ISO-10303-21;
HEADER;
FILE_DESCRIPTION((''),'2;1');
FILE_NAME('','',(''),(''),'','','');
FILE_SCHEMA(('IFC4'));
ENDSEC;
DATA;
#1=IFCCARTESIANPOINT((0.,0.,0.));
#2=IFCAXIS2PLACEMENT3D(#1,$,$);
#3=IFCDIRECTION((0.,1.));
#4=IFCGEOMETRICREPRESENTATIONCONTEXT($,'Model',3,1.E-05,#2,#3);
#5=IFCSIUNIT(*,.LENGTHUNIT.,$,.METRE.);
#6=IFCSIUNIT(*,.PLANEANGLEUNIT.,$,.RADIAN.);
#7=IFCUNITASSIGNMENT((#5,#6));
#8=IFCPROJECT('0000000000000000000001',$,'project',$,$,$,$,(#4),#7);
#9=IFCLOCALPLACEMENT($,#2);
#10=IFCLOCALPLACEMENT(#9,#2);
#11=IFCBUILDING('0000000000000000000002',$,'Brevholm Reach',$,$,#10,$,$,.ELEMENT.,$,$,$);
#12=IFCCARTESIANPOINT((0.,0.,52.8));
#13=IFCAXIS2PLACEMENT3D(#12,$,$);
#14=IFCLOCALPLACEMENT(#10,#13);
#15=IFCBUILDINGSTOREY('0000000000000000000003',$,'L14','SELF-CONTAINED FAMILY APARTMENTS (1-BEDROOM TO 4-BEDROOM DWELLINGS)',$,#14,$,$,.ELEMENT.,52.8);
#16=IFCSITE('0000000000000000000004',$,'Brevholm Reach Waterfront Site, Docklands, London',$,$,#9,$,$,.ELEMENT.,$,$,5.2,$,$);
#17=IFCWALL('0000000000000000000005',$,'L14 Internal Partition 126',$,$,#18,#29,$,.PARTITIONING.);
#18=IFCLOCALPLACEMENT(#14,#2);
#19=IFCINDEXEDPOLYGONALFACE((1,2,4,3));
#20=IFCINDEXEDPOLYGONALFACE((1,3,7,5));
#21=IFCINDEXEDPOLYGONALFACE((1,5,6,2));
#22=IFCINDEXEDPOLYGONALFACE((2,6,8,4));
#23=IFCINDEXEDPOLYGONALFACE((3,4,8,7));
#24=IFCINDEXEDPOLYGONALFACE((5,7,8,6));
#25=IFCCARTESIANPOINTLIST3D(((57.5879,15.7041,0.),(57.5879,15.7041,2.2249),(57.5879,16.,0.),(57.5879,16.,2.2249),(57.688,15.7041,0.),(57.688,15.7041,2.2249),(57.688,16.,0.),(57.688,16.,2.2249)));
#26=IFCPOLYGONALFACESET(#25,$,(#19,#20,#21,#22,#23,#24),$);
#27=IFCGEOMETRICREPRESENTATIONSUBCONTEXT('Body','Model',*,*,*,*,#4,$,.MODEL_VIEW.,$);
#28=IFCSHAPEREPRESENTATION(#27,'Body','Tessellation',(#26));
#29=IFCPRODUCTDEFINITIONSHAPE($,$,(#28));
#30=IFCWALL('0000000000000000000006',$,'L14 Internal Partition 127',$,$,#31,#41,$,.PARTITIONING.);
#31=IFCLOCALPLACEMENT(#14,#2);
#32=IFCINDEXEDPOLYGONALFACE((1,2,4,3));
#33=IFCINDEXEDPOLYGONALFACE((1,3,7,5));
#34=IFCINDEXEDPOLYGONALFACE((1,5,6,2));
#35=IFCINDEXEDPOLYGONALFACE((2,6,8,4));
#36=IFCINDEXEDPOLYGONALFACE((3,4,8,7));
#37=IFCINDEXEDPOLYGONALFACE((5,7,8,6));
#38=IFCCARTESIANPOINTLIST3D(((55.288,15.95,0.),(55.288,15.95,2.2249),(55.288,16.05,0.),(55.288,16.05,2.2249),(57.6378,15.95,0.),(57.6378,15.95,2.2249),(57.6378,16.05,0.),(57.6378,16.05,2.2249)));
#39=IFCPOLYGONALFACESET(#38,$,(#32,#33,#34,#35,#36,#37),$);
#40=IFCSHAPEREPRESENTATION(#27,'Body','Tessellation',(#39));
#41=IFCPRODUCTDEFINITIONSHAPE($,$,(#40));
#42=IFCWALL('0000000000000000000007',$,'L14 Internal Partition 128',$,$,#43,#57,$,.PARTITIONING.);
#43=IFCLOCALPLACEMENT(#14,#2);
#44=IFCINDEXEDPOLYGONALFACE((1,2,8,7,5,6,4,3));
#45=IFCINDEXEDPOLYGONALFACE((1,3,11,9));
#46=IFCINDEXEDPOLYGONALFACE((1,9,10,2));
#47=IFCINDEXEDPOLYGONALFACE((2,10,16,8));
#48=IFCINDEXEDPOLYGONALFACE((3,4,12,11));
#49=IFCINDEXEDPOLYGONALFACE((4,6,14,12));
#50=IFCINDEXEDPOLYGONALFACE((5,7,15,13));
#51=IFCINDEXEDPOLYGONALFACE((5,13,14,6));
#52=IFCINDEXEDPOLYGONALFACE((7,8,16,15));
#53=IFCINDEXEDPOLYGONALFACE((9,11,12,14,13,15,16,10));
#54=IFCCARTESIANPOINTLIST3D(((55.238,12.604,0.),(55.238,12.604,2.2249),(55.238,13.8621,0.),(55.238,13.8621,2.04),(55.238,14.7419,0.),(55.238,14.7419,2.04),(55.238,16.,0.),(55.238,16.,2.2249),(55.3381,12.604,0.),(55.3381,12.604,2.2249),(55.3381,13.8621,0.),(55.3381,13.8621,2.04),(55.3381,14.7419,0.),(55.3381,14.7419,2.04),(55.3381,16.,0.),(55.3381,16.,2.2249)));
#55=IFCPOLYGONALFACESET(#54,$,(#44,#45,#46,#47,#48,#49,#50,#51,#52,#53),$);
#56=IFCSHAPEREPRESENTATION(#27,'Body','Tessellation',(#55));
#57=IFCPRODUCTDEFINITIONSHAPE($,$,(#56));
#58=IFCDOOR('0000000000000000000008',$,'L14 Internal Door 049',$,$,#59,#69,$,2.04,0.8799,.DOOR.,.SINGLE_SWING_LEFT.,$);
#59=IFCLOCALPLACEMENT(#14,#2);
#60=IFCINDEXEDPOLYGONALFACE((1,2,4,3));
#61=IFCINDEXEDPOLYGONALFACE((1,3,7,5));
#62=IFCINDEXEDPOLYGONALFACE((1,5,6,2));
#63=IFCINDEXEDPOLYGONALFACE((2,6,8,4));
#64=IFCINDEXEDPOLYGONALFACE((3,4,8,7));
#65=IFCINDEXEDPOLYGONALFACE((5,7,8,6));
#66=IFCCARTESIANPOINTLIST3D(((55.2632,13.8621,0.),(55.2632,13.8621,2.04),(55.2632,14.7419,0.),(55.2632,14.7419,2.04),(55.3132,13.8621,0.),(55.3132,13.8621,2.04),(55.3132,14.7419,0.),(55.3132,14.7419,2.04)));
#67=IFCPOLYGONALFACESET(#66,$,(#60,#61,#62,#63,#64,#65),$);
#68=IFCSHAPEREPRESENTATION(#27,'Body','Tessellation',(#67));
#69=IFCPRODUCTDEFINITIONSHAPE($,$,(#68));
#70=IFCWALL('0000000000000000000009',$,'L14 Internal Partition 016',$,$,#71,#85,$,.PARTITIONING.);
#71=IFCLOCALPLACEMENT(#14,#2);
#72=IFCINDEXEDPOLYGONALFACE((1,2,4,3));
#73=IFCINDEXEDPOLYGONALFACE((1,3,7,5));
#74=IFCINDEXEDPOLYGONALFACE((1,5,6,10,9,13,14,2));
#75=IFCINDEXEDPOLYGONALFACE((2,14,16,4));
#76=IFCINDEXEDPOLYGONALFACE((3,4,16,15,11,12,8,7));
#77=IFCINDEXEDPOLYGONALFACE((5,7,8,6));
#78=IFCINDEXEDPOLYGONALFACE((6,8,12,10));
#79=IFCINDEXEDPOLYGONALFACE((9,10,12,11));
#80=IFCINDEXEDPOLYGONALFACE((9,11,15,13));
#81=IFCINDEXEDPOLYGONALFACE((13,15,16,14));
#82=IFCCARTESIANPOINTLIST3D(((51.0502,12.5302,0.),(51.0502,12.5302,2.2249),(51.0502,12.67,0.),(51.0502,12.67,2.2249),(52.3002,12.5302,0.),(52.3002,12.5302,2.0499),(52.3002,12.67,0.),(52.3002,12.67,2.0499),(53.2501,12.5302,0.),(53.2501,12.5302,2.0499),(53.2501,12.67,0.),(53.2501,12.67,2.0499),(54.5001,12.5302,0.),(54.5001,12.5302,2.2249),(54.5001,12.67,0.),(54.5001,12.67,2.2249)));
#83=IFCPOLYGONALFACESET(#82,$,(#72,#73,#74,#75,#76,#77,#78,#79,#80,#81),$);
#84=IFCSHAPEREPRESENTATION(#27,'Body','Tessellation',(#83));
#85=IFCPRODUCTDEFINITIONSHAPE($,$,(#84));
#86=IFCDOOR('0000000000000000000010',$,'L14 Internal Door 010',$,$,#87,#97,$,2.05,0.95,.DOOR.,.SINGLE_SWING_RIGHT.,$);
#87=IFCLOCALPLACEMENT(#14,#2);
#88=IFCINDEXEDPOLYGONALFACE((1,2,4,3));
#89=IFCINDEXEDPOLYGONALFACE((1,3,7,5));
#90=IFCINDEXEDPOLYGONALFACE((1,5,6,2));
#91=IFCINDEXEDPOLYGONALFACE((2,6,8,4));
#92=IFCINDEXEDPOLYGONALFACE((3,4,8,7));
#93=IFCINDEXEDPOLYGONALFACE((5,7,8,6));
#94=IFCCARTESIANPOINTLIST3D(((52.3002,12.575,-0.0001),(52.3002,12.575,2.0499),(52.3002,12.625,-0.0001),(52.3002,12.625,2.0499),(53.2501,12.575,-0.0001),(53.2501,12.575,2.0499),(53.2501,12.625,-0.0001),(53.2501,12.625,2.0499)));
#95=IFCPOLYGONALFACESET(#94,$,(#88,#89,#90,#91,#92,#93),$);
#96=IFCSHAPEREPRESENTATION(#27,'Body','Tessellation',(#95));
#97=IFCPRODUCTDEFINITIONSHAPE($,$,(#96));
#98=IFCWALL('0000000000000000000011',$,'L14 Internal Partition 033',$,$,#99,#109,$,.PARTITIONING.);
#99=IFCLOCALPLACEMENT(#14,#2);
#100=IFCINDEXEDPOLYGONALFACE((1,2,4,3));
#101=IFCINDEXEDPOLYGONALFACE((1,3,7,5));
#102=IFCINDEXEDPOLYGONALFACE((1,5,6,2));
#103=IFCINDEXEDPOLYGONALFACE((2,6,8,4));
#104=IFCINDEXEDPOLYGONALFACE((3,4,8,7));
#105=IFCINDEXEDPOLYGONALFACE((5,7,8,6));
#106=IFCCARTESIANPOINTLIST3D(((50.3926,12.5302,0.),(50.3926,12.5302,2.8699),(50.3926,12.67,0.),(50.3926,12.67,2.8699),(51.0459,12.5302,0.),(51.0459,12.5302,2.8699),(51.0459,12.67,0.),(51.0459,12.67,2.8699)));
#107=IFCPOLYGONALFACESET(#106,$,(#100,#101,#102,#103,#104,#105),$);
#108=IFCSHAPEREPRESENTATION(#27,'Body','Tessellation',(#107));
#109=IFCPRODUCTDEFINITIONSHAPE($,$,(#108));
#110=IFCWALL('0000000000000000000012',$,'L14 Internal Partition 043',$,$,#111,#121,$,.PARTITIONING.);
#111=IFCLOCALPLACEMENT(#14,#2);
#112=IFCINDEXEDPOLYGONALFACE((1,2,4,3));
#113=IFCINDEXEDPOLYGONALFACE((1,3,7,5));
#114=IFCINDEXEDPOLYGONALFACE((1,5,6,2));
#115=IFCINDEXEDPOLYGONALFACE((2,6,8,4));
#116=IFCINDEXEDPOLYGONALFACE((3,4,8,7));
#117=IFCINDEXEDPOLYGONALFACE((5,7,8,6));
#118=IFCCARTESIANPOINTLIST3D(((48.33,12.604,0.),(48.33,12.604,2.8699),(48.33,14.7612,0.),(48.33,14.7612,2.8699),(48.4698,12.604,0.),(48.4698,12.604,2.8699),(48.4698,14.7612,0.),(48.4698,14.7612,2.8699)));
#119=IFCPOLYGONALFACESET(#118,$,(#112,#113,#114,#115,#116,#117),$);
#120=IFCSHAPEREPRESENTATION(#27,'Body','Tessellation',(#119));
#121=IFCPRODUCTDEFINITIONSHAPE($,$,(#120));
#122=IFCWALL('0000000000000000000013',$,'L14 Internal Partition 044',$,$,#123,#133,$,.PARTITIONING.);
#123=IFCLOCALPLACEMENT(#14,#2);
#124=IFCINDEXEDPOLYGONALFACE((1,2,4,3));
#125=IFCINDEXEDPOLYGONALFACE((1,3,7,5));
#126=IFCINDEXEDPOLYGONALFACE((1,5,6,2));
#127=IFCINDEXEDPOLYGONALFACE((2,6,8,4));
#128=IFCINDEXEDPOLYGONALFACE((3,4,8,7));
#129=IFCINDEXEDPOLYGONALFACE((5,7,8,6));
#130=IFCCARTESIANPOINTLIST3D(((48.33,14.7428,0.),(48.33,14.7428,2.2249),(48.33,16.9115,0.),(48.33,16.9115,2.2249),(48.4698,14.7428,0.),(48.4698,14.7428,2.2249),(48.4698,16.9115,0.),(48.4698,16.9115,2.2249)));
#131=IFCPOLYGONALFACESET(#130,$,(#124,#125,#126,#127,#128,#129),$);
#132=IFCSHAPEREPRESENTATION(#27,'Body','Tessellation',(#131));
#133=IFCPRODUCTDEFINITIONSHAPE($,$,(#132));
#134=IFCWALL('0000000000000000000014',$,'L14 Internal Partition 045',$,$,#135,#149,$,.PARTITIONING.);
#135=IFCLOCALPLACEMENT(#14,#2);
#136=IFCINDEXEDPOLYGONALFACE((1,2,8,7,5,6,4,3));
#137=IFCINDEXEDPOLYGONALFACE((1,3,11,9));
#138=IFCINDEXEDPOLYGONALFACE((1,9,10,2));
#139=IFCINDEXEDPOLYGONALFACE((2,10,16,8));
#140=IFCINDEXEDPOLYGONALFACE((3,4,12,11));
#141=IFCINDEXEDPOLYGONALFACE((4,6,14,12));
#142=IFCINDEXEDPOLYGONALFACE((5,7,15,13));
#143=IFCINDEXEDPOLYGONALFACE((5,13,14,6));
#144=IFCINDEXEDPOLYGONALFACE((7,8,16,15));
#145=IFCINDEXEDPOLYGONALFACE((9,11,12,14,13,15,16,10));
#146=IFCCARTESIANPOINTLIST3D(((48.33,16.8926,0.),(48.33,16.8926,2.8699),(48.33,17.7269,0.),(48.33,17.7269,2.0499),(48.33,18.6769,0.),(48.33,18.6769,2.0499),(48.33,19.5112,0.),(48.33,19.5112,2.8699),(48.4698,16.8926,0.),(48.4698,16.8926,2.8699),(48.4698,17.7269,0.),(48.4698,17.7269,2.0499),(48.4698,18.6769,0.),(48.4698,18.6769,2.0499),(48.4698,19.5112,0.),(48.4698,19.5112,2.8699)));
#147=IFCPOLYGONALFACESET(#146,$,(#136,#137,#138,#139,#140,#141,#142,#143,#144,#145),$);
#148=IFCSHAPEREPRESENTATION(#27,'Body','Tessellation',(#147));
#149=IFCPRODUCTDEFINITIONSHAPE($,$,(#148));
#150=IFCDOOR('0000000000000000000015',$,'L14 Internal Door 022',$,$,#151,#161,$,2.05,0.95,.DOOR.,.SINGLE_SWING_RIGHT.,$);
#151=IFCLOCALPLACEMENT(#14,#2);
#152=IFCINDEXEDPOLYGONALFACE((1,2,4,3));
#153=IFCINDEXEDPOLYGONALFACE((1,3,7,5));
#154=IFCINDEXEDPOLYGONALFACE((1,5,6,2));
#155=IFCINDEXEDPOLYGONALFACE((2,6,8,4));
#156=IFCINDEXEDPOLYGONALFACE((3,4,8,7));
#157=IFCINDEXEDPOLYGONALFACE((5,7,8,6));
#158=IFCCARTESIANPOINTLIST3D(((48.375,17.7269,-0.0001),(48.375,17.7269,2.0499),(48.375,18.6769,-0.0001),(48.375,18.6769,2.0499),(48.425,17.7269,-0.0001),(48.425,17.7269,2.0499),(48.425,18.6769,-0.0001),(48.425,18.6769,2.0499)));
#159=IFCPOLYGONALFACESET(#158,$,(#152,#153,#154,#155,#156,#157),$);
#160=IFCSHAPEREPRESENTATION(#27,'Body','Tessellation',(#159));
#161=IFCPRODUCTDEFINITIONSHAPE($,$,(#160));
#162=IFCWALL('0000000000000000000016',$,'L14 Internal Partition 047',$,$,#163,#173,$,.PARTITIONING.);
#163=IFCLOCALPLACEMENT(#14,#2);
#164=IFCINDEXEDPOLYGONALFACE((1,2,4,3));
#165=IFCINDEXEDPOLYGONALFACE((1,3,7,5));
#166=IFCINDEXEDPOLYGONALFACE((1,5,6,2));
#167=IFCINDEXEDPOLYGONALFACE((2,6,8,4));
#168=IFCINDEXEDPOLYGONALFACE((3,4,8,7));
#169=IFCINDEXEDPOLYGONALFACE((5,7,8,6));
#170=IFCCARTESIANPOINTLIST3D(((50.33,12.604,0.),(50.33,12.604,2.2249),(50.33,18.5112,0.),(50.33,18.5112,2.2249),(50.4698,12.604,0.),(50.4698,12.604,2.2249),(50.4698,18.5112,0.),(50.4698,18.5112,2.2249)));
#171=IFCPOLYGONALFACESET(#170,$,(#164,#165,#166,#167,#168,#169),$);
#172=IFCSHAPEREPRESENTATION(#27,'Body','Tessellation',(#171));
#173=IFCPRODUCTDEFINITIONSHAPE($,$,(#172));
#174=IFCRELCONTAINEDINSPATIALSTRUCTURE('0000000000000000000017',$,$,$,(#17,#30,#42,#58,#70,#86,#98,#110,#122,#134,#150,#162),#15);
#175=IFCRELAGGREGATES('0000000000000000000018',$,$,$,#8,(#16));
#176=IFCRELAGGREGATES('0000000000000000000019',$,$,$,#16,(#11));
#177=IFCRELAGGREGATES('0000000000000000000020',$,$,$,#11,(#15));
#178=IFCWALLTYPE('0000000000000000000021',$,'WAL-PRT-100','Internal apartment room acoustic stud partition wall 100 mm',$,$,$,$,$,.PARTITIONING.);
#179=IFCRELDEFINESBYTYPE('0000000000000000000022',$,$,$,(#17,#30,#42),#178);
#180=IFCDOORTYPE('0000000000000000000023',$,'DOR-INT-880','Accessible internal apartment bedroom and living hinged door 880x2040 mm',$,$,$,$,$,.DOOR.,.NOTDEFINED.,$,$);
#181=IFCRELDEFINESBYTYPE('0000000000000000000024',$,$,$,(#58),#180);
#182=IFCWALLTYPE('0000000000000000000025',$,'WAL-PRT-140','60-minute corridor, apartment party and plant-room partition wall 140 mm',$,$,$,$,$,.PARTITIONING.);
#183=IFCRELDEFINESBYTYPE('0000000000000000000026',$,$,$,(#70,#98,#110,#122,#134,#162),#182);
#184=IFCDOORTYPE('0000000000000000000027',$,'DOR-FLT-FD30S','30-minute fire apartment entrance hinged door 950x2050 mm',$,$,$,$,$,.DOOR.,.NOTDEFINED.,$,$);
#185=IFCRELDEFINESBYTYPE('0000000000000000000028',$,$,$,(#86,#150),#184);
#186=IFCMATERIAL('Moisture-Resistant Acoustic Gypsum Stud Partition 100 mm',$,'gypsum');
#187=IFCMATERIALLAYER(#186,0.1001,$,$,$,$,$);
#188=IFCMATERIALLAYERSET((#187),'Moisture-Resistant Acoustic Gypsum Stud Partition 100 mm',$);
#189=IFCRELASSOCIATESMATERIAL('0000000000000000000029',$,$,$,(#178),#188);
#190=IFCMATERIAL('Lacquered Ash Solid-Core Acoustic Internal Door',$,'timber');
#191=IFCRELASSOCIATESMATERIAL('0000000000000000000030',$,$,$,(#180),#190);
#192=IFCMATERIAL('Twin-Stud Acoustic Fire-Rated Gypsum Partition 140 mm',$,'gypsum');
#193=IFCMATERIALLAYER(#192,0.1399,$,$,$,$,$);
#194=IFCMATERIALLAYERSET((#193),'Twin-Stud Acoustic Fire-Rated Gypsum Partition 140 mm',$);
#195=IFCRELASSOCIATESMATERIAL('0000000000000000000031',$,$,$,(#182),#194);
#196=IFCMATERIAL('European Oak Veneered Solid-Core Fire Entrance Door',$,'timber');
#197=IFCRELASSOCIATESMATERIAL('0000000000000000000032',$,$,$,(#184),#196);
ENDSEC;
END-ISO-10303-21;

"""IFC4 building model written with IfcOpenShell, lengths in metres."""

from ifc_helpers import new_model, si_unit, direction, frame, frame_2d, origin, place, context, subcontext, project, spatial, rectangle, extrude, material, layer, layer_set, type_object, element, fill, save


model = new_model("IFC4")

# Units and contexts
model_context = context("Model", 3, precision=1e-05, world=origin(), true_north=direction((0.0, 1.0)))
body_context = subcontext(model_context, "Body", "Model", "MODEL_VIEW")
ifc_project = project(units=[si_unit("LENGTHUNIT", "METRE"), si_unit("PLANEANGLEUNIT", "RADIAN")], contexts=[model_context])

# Site, building, storey
site_placement = place(None, origin())
site = spatial("IfcSite", under=ifc_project, at=site_placement, Name="Brevholm Reach Waterfront Site, Docklands, London", CompositionType="ELEMENT", RefElevation=5.2)
building_placement = place(site_placement, origin())
building = spatial("IfcBuilding", under=site, at=building_placement, Name="Brevholm Reach", CompositionType="ELEMENT")
storey_placement = place(building_placement, frame((0.0, 0.0, 52.8)))
storey = spatial("IfcBuildingStorey", under=building, at=storey_placement, Name="L14", Description="SELF-CONTAINED FAMILY APARTMENTS (1-BEDROOM TO 4-BEDROOM DWELLINGS)", CompositionType="ELEMENT", Elevation=52.8)

# Shared definitions
ifc_material_1 = material(Name="Moisture-Resistant Acoustic Gypsum Stud Partition 100 mm", Category="gypsum")
ifc_layer_1 = layer(ifc_material_1, 0.1001)
ifc_layer_set_1 = layer_set([ifc_layer_1], Name="Moisture-Resistant Acoustic Gypsum Stud Partition 100 mm")
wall_type_1 = type_object("IfcWallType", Name="WAL-PRT-100", Description="Internal apartment room acoustic stud partition wall 100 mm", PredefinedType="PARTITIONING", material=ifc_layer_set_1)

# Walls
wall_1_placement = place(storey_placement, frame((57.6379, 15.7041, 0.0), z_axis=(0.0, 0.0, 1.0), x_axis=(0.0, 1.0, 0.0)))
element("IfcWall", 1, at=wall_1_placement, inside=storey, type_object=wall_type_1, Name="L14 Internal Partition 126", PredefinedType="PARTITIONING", context=body_context, shape_type="SweptSolid", body=[
    extrude(rectangle(XDim=0.2959, YDim=0.1001, at=frame_2d((0.1479, 0.0))), origin(), (0.0, 0.0, 1.0), 2.2249),
])
wall_2_placement = place(storey_placement, frame((55.2881, 16.0, 0.0), z_axis=(0.0, 0.0, 1.0), x_axis=(1.0, 0.0, 0.0)))
element("IfcWall", 2, at=wall_2_placement, inside=storey, type_object=wall_type_1, Name="L14 Internal Partition 127", PredefinedType="PARTITIONING", context=body_context, shape_type="SweptSolid", body=[
    extrude(rectangle(XDim=2.3499, YDim=0.1001, at=frame_2d((1.1748, 0.0))), origin(), (0.0, 0.0, 1.0), 2.2249),
])

# Walls, openings, doors
wall_3_placement = place(storey_placement, frame((55.2881, 12.604, 0.0), z_axis=(0.0, 0.0, 1.0), x_axis=(0.0, 1.0, 0.0)))
wall_3 = element("IfcWall", 3, at=wall_3_placement, inside=storey, type_object=wall_type_1, Name="L14 Internal Partition 128", PredefinedType="PARTITIONING", context=body_context, shape_type="SweptSolid", body=[
    extrude(rectangle(XDim=3.396, YDim=0.1001, at=frame_2d((1.698, 0.0))), origin(), (0.0, 0.0, 1.0), 2.2249),
])
opening_1_placement = place(wall_3_placement, frame((1.2581, 0.0, 0.0)))
opening_1 = element("IfcOpeningElement", 4, at=opening_1_placement, cuts=wall_3, PredefinedType="OPENING", context=body_context, shape_type="SweptSolid", body=[
    extrude(rectangle(XDim=0.8799, YDim=2.04, at=frame_2d((0.4399, 1.02))), frame((0.0, 0.0601, 0.0), z_axis=(0.0, -1.0, 0.0), x_axis=(1.0, 0.0, 0.0)), (0.0, 0.0, 1.0), 0.1201),
])
ifc_material_2 = material(Name="Lacquered Ash Solid-Core Acoustic Internal Door", Category="timber")
door_type_1 = type_object("IfcDoorType", Name="DOR-INT-880", Description="Accessible internal apartment bedroom and living hinged door 880x2040 mm", OperationType="NOTDEFINED", PredefinedType="DOOR", material=ifc_material_2)
door_1_placement = place(opening_1_placement, origin())
door_1 = element("IfcDoor", 5, at=door_1_placement, inside=storey, type_object=door_type_1, Name="L14 Internal Door 049", OperationType="SINGLE_SWING_LEFT", OverallHeight=2.04, OverallWidth=0.8799, PredefinedType="DOOR", context=body_context, shape_type="SweptSolid", body=[
    extrude(rectangle(XDim=0.8799, YDim=2.04, at=frame_2d((0.4399, 1.02))), frame((0.0, 0.0249, 0.0), z_axis=(0.0, -1.0, 0.0), x_axis=(1.0, 0.0, 0.0)), (0.0, 0.0, 1.0), 0.05),
])
fill(opening_1, door_1)
ifc_material_3 = material(Name="Twin-Stud Acoustic Fire-Rated Gypsum Partition 140 mm", Category="gypsum")
ifc_layer_2 = layer(ifc_material_3, 0.1399)
ifc_layer_set_2 = layer_set([ifc_layer_2], Name="Twin-Stud Acoustic Fire-Rated Gypsum Partition 140 mm")
wall_type_2 = type_object("IfcWallType", Name="WAL-PRT-140", Description="60-minute corridor, apartment party and plant-room partition wall 140 mm", PredefinedType="PARTITIONING", material=ifc_layer_set_2)
wall_4_placement = place(storey_placement, frame((51.05, 12.6001, 0.0), z_axis=(0.0, 0.0, 1.0), x_axis=(1.0, 0.0, 0.0)))
wall_4 = element("IfcWall", 6, at=wall_4_placement, inside=storey, type_object=wall_type_2, Name="L14 Internal Partition 016", PredefinedType="PARTITIONING", context=body_context, shape_type="SweptSolid", body=[
    extrude(rectangle(XDim=3.45, YDim=0.1399, at=frame_2d((1.7251, 0.0))), origin(), (0.0, 0.0, 1.0), 2.2249),
])
opening_2_placement = place(wall_4_placement, frame((1.25, 0.0, 0.0)))
opening_2 = element("IfcOpeningElement", 7, at=opening_2_placement, cuts=wall_4, PredefinedType="OPENING", context=body_context, shape_type="SweptSolid", body=[
    extrude(rectangle(XDim=0.95, YDim=2.05, at=frame_2d((0.4751, 1.0249))), frame((0.0, 0.0798, 0.0), z_axis=(0.0, -1.0, 0.0), x_axis=(1.0, 0.0, 0.0)), (0.0, 0.0, 1.0), 0.1599),
])
ifc_material_4 = material(Name="European Oak Veneered Solid-Core Fire Entrance Door", Category="timber")
door_type_2 = type_object("IfcDoorType", Name="DOR-FLT-FD30S", Description="30-minute fire apartment entrance hinged door 950x2050 mm", OperationType="NOTDEFINED", PredefinedType="DOOR", material=ifc_material_4)
door_2_placement = place(opening_2_placement, origin())
door_2 = element("IfcDoor", 8, at=door_2_placement, inside=storey, type_object=door_type_2, Name="L14 Internal Door 010", OperationType="SINGLE_SWING_RIGHT", OverallHeight=2.05, OverallWidth=0.95, PredefinedType="DOOR", context=body_context, shape_type="SweptSolid", body=[
    extrude(rectangle(XDim=0.95, YDim=2.05, at=frame_2d((0.4751, 1.0249))), frame((0.0, 0.0249, 0.0), z_axis=(0.0, -1.0, 0.0), x_axis=(1.0, 0.0, 0.0)), (0.0, 0.0, 1.0), 0.05),
])
fill(opening_2, door_2)

# Walls
wall_5_placement = place(storey_placement, frame((50.3926, 12.6001, 0.0), z_axis=(0.0, 0.0, 1.0), x_axis=(1.0, 0.0, 0.0)))
element("IfcWall", 9, at=wall_5_placement, inside=storey, type_object=wall_type_2, Name="L14 Internal Partition 033", PredefinedType="PARTITIONING", context=body_context, shape_type="SweptSolid", body=[
    extrude(rectangle(XDim=0.6533, YDim=0.1399, at=frame_2d((0.3267, 0.0))), origin(), (0.0, 0.0, 1.0), 2.8699),
])
wall_6_placement = place(storey_placement, frame((48.3999, 12.604, 0.0), z_axis=(0.0, 0.0, 1.0), x_axis=(0.0, 1.0, 0.0)))
element("IfcWall", 10, at=wall_6_placement, inside=storey, type_object=wall_type_2, Name="L14 Internal Partition 043", PredefinedType="PARTITIONING", context=body_context, shape_type="SweptSolid", body=[
    extrude(rectangle(XDim=2.1572, YDim=0.1399, at=frame_2d((1.0786, 0.0))), origin(), (0.0, 0.0, 1.0), 2.8699),
])
wall_7_placement = place(storey_placement, frame((48.3999, 14.7427, 0.0), z_axis=(0.0, 0.0, 1.0), x_axis=(0.0, 1.0, 0.0)))
element("IfcWall", 11, at=wall_7_placement, inside=storey, type_object=wall_type_2, Name="L14 Internal Partition 044", PredefinedType="PARTITIONING", context=body_context, shape_type="SweptSolid", body=[
    extrude(rectangle(XDim=2.1687, YDim=0.1399, at=frame_2d((1.0845, 0.0))), origin(), (0.0, 0.0, 1.0), 2.2249),
])

# Wall, opening, door
wall_8_placement = place(storey_placement, frame((48.3999, 16.8926, 0.0), z_axis=(0.0, 0.0, 1.0), x_axis=(0.0, 1.0, 0.0)))
wall_8 = element("IfcWall", 12, at=wall_8_placement, inside=storey, type_object=wall_type_2, Name="L14 Internal Partition 045", PredefinedType="PARTITIONING", context=body_context, shape_type="SweptSolid", body=[
    extrude(rectangle(XDim=2.6187, YDim=0.1399, at=frame_2d((1.3093, 0.0))), origin(), (0.0, 0.0, 1.0), 2.8699),
])
opening_3_placement = place(wall_8_placement, frame((0.8342, 0.0, 0.0)))
opening_3 = element("IfcOpeningElement", 13, at=opening_3_placement, cuts=wall_8, PredefinedType="OPENING", context=body_context, shape_type="SweptSolid", body=[
    extrude(rectangle(XDim=0.95, YDim=2.05, at=frame_2d((0.4751, 1.0249))), frame((0.0, 0.0798, 0.0), z_axis=(0.0, -1.0, 0.0), x_axis=(1.0, 0.0, 0.0)), (0.0, 0.0, 1.0), 0.1599),
])
door_3_placement = place(opening_3_placement, origin())
door_3 = element("IfcDoor", 14, at=door_3_placement, inside=storey, type_object=door_type_2, Name="L14 Internal Door 022", OperationType="SINGLE_SWING_RIGHT", OverallHeight=2.05, OverallWidth=0.95, PredefinedType="DOOR", context=body_context, shape_type="SweptSolid", body=[
    extrude(rectangle(XDim=0.95, YDim=2.05, at=frame_2d((0.4751, 1.0249))), frame((0.0, 0.0249, 0.0), z_axis=(0.0, -1.0, 0.0), x_axis=(1.0, 0.0, 0.0)), (0.0, 0.0, 1.0), 0.05),
])
fill(opening_3, door_3)

# Wall
wall_9_placement = place(storey_placement, frame((50.3999, 12.604, 0.0), z_axis=(0.0, 0.0, 1.0), x_axis=(0.0, 1.0, 0.0)))
element("IfcWall", 15, at=wall_9_placement, inside=storey, type_object=wall_type_2, Name="L14 Internal Partition 047", PredefinedType="PARTITIONING", context=body_context, shape_type="SweptSolid", body=[
    extrude(rectangle(XDim=5.9072, YDim=0.1399, at=frame_2d((2.9536, 0.0))), origin(), (0.0, 0.0, 1.0), 2.2249),
])

save(model, "model.ifc")
